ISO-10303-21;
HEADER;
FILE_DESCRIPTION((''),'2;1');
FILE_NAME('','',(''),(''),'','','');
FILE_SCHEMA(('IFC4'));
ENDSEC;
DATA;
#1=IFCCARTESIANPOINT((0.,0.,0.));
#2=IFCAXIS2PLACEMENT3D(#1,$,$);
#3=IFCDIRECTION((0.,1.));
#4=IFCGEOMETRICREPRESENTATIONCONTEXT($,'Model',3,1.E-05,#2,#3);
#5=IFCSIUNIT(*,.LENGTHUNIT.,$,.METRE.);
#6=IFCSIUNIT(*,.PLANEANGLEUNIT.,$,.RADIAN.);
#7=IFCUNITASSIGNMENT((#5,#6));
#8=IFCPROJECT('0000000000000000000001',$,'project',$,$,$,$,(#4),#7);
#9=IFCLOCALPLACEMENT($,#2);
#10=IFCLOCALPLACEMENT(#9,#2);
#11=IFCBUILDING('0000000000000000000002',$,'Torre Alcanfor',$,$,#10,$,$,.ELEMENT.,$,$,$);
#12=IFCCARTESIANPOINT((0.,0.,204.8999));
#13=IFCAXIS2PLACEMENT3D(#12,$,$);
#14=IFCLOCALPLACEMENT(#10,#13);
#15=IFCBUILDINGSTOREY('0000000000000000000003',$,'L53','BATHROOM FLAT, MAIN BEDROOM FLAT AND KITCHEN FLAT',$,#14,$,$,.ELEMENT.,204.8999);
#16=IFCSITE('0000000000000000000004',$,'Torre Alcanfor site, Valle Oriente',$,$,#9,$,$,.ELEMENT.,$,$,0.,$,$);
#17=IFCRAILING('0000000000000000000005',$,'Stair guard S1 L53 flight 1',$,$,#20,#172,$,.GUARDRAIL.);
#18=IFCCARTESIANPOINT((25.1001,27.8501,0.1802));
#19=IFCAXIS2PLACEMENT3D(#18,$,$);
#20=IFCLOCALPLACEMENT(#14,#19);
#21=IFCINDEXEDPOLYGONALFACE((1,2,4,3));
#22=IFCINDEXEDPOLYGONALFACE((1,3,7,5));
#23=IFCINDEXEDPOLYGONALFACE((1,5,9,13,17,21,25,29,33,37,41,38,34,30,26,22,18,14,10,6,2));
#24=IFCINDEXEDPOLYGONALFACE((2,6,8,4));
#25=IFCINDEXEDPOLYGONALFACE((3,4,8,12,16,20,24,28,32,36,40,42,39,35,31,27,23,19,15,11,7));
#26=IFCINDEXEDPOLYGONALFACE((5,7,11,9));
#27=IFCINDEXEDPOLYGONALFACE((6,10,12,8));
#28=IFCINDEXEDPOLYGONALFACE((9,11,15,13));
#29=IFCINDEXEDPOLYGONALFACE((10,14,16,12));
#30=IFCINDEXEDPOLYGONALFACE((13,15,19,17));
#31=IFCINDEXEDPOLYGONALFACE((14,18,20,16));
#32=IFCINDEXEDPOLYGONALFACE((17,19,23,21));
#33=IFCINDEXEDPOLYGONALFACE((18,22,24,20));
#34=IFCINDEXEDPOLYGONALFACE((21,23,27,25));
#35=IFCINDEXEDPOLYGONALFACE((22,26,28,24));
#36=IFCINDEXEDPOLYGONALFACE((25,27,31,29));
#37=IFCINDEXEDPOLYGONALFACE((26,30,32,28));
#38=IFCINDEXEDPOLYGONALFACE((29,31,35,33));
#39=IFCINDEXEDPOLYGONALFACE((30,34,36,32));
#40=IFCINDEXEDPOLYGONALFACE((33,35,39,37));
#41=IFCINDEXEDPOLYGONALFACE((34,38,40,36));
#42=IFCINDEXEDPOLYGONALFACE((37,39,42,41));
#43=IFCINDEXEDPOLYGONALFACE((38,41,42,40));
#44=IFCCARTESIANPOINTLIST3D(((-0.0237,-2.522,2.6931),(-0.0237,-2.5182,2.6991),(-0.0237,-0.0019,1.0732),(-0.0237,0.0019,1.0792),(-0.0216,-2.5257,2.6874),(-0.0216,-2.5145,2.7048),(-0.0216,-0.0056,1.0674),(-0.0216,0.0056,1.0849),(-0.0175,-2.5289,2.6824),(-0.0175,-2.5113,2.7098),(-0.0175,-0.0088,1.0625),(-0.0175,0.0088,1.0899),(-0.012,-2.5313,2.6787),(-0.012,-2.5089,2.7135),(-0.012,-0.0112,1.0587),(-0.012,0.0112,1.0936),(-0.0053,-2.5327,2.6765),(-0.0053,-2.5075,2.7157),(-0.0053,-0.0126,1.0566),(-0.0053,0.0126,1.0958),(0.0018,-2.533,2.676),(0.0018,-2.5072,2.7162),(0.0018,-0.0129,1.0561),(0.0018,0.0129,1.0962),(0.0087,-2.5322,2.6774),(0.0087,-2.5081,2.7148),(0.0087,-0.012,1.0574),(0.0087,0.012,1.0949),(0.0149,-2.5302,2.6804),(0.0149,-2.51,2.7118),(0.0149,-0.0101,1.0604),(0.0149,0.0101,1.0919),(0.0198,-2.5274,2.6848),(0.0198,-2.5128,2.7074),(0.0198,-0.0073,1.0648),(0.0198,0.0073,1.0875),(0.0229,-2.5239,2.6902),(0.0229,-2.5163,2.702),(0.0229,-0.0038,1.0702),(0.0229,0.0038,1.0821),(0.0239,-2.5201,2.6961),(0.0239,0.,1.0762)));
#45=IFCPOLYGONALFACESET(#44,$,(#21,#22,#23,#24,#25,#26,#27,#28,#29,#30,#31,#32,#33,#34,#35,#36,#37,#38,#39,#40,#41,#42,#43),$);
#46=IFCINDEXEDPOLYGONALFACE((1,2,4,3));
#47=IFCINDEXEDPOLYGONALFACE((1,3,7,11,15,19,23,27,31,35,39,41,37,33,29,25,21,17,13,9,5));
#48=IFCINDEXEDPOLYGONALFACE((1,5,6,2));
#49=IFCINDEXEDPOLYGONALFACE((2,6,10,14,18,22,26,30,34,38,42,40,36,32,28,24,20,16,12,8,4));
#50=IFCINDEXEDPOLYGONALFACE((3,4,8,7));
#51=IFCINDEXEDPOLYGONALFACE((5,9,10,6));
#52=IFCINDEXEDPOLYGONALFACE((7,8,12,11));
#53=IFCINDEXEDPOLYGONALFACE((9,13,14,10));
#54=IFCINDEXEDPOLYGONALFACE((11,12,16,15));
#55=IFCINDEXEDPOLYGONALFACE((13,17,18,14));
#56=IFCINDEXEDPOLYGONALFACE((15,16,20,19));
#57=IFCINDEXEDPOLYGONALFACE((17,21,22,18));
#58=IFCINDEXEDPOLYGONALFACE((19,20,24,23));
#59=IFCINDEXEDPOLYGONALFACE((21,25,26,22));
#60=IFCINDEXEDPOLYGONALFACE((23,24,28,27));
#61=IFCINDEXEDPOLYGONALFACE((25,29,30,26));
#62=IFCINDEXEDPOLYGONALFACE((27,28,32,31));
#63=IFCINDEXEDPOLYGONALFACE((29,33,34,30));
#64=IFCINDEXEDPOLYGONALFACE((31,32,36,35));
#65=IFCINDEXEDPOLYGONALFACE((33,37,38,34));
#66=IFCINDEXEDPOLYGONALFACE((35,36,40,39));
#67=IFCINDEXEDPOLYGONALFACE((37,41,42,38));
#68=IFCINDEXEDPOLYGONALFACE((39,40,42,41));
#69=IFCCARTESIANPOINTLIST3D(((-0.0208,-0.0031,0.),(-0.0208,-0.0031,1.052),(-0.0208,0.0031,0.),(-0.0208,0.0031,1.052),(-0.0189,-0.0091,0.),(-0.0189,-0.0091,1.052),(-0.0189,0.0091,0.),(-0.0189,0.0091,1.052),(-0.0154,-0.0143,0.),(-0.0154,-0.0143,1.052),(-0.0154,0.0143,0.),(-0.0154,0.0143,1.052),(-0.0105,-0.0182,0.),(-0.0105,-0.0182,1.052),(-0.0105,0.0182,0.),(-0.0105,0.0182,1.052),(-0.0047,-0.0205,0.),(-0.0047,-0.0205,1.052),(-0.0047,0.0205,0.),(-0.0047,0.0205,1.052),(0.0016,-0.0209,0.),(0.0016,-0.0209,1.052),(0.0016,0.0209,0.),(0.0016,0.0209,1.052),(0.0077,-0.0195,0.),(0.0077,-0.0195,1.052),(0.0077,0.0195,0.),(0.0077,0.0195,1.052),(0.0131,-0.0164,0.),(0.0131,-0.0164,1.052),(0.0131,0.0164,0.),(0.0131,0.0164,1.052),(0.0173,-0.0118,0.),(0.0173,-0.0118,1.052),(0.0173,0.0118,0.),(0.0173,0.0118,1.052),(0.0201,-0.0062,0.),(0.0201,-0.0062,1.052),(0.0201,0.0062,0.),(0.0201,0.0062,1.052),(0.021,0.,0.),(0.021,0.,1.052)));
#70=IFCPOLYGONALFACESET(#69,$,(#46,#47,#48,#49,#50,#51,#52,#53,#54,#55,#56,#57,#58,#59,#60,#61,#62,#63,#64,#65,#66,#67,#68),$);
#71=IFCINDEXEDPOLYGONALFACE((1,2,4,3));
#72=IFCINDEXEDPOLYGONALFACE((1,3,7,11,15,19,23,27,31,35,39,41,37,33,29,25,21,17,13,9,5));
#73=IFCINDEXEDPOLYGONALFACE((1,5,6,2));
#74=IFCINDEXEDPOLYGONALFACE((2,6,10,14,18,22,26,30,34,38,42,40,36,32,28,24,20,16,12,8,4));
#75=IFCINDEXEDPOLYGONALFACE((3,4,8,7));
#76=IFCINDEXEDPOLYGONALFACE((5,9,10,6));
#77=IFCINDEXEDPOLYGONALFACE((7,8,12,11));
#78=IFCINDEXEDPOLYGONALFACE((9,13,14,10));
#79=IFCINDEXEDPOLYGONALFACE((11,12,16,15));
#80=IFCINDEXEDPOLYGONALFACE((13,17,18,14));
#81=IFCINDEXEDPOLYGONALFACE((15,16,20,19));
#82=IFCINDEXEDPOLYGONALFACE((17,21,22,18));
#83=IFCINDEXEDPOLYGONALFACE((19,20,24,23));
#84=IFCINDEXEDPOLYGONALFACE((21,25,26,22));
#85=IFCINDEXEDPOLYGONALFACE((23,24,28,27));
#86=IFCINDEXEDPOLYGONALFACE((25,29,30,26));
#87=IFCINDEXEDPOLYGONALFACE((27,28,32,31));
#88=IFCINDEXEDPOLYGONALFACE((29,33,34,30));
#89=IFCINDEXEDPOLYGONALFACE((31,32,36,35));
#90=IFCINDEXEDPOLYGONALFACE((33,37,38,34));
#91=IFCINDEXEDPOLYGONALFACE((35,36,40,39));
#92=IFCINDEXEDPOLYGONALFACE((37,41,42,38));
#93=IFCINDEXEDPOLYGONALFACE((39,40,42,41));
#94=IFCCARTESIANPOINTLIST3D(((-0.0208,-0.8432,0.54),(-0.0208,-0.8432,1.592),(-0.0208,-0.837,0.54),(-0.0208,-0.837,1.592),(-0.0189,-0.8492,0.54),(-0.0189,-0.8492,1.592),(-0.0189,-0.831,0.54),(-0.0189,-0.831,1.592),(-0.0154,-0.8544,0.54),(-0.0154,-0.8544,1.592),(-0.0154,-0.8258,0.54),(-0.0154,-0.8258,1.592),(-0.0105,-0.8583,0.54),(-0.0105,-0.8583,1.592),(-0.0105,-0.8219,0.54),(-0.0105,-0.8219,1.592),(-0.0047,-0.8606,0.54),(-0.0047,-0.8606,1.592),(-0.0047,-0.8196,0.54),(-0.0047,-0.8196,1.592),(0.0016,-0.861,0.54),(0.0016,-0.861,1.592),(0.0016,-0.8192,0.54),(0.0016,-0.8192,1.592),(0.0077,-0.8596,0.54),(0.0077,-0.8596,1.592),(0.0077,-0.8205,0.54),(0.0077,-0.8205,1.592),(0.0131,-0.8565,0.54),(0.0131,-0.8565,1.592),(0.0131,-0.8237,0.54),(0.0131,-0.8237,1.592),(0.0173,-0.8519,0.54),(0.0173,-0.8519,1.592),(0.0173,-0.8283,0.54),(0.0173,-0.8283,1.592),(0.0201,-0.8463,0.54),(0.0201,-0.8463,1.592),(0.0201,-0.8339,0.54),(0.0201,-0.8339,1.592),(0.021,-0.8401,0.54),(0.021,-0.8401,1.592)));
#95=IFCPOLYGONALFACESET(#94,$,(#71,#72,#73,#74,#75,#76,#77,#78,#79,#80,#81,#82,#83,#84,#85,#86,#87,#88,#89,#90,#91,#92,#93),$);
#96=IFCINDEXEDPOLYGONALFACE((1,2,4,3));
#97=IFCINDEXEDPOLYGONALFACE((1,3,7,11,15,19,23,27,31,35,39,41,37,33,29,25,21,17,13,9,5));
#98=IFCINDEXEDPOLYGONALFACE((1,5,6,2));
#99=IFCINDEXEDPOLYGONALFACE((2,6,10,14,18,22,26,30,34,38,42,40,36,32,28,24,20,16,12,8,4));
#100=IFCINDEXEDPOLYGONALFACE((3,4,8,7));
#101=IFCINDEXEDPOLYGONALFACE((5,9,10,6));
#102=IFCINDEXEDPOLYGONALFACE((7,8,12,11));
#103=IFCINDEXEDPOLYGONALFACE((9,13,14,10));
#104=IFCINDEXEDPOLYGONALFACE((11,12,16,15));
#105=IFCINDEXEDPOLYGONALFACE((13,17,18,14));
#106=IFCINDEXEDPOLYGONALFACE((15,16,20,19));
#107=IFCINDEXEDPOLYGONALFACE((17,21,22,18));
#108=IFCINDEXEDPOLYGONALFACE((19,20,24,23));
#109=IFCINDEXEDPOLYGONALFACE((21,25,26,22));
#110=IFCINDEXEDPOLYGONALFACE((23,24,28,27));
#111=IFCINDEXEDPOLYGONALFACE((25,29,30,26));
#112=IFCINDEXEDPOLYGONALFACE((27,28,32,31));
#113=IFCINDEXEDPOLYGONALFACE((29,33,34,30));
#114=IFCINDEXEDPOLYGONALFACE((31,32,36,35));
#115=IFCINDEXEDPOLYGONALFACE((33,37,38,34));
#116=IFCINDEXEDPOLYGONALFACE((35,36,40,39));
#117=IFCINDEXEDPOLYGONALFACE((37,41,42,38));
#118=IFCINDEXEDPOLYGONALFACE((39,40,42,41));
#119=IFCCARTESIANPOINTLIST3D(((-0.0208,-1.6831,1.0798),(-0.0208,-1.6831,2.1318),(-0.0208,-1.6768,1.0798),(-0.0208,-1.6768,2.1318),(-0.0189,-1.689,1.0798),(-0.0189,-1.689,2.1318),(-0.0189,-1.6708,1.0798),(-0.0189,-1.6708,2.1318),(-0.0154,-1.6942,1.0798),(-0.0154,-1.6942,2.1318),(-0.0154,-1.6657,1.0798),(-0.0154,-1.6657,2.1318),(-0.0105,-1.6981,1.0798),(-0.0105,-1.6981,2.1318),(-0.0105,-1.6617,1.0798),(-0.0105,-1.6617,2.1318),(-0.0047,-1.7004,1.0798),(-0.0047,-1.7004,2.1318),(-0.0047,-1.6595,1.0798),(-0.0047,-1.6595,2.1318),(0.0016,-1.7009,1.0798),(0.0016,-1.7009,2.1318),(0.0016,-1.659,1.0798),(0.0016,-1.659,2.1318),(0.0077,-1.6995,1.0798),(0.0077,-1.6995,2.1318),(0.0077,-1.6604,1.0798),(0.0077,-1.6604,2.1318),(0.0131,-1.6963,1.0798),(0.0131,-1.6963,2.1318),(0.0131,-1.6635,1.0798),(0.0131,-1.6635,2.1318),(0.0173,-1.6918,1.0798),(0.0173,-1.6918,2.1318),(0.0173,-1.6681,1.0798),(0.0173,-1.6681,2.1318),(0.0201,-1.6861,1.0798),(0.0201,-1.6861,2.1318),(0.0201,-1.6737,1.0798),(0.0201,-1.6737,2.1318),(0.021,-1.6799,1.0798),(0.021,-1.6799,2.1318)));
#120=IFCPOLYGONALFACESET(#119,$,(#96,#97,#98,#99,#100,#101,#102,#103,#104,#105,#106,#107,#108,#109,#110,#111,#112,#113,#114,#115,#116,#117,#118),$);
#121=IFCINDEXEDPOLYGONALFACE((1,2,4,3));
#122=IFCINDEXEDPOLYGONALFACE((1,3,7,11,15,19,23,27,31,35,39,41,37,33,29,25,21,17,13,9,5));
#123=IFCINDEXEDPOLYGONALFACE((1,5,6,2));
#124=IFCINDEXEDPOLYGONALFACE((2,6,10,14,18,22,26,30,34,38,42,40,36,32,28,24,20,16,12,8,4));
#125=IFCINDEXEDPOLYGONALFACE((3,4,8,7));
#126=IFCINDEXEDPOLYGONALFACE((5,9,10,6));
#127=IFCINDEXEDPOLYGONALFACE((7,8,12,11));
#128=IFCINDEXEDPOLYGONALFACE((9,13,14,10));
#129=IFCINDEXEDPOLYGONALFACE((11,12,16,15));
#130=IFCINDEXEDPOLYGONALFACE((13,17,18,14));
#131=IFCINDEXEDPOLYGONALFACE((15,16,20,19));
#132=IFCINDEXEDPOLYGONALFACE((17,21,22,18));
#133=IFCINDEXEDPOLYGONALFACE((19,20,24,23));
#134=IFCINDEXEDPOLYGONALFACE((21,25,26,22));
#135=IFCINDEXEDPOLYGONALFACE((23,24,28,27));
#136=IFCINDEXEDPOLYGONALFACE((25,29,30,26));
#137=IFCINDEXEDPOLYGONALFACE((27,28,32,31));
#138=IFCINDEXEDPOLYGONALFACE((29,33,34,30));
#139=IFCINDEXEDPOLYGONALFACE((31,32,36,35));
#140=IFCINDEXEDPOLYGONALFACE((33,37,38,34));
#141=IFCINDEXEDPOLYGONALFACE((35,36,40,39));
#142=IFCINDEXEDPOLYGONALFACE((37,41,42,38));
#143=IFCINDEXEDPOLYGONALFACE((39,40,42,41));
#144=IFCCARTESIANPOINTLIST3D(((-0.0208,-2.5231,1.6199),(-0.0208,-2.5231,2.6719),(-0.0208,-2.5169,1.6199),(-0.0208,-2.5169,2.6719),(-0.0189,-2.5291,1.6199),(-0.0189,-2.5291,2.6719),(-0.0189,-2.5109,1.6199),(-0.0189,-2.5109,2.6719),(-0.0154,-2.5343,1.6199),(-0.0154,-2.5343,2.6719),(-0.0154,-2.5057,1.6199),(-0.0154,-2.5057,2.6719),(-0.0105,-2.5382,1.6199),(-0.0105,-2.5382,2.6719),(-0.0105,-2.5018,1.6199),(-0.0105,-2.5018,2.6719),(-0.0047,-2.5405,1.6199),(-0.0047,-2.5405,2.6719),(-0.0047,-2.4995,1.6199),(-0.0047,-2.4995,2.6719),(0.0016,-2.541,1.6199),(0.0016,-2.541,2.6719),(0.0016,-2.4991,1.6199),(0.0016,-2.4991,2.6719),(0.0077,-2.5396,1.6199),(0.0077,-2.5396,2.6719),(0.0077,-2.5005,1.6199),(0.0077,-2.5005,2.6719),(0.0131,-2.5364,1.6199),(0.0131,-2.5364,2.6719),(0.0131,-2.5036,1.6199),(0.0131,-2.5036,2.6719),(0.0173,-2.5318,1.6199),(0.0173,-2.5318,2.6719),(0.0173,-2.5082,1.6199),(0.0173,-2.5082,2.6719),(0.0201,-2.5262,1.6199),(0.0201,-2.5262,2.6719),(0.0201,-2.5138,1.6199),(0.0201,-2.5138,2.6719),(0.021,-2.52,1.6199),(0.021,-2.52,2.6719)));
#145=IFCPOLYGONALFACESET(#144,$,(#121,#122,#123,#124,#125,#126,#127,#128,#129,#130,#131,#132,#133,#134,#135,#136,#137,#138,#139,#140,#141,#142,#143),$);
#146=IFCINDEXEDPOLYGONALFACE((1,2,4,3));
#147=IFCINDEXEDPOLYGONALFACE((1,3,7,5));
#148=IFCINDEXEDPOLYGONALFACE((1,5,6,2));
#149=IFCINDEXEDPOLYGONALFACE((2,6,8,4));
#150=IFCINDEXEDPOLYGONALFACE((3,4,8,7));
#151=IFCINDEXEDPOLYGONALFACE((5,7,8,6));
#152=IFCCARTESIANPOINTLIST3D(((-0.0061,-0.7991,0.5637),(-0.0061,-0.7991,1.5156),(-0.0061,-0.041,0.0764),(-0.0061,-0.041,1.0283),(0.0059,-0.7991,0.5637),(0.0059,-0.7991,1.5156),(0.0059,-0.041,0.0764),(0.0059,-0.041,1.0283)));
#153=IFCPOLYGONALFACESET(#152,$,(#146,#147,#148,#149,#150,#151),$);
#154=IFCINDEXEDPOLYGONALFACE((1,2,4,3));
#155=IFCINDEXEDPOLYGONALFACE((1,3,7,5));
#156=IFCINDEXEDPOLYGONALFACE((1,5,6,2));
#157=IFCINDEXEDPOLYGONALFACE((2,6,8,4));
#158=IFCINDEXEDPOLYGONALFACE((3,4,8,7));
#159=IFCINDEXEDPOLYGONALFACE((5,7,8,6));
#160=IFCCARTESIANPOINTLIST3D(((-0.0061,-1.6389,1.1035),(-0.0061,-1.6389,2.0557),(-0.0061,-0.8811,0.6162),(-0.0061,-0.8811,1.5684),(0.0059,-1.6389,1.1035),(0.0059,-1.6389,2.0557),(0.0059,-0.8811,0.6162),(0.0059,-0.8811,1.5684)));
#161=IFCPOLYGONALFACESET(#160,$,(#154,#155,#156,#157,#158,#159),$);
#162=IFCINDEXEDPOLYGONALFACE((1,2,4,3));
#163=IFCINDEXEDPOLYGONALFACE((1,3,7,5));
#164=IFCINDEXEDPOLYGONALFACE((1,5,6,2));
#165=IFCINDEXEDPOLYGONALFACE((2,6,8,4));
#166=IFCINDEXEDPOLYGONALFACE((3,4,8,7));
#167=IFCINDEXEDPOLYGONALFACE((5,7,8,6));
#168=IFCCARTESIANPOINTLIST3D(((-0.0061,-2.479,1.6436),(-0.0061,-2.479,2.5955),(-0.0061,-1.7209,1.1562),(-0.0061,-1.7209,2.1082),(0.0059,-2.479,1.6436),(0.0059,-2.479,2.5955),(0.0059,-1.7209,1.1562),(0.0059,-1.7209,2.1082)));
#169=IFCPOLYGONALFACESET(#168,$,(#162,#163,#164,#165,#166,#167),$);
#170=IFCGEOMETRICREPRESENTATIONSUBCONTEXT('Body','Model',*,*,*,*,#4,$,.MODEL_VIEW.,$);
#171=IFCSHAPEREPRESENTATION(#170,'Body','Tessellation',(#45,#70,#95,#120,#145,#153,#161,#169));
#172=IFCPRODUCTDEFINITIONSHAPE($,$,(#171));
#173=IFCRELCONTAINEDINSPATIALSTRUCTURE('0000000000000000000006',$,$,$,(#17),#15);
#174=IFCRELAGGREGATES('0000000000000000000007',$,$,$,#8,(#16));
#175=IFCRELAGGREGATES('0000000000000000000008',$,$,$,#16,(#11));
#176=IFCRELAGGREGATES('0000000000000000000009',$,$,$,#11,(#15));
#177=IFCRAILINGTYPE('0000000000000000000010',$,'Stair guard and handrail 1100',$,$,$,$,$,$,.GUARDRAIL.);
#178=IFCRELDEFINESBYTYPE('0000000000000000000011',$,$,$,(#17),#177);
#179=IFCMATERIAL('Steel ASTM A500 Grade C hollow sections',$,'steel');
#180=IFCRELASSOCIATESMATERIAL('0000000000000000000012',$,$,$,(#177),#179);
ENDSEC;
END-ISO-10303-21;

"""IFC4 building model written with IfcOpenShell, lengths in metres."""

from ifc_helpers import new_model, si_unit, direction, frame, origin, origin_2d, place, context, subcontext, project, spatial, polyline, circle, outline, extrude, material, type_object, element, save


model = new_model("IFC4")

# Units and contexts
model_context = context("Model", 3, precision=1e-05, world=origin(), true_north=direction((0.0, 1.0)))
body_context = subcontext(model_context, "Body", "Model", "MODEL_VIEW")
ifc_project = project(units=[si_unit("LENGTHUNIT", "METRE"), si_unit("PLANEANGLEUNIT", "RADIAN")], contexts=[model_context])

# Site, building, storey
site_placement = place(None, origin())
site = spatial("IfcSite", under=ifc_project, at=site_placement, Name="Torre Alcanfor site, Valle Oriente", CompositionType="ELEMENT", RefElevation=0.0)
building_placement = place(site_placement, origin())
building = spatial("IfcBuilding", under=site, at=building_placement, Name="Torre Alcanfor", CompositionType="ELEMENT")
storey_placement = place(building_placement, frame((0.0, 0.0, 204.8999)))
storey = spatial("IfcBuildingStorey", under=building, at=storey_placement, Name="L53", Description="BATHROOM FLAT, MAIN BEDROOM FLAT AND KITCHEN FLAT", CompositionType="ELEMENT", Elevation=204.8999)

# Railing
ifc_material_1 = material(Name="Steel ASTM A500 Grade C hollow sections", Category="steel")
railing_type = type_object("IfcRailingType", Name="Stair guard and handrail 1100", PredefinedType="GUARDRAIL", material=ifc_material_1)
railing_placement = place(storey_placement, frame((25.1001, 27.8501, 0.1802)))
element("IfcRailing", 1, at=railing_placement, inside=storey, type_object=railing_type, Name="Stair guard S1 L53 flight 1", PredefinedType="GUARDRAIL", context=body_context, shape_type="SweptSolid", body=[
    extrude(circle(Radius=0.0239, at=origin_2d()), frame((0.0, 0.0, 1.0762), z_axis=(0.0, -0.8412, 0.540725), x_axis=(1.0, 0.0, 0.0)), (0.0, 0.0, 1.0), 2.9958),
    extrude(circle(Radius=0.021, at=origin_2d()), origin(), (0.0, 0.0, 1.0), 1.052),
    extrude(circle(Radius=0.021, at=origin_2d()), frame((0.0, -0.8401, 0.54)), (0.0, 0.0, 1.0), 1.052),
    extrude(circle(Radius=0.021, at=origin_2d()), frame((0.0, -1.6799, 1.0798)), (0.0, 0.0, 1.0), 1.052),
    extrude(circle(Radius=0.021, at=origin_2d()), frame((0.0, -2.52, 1.6199)), (0.0, 0.0, 1.0), 1.052),
    extrude(outline(polyline([(0.041, 0.0764), (0.7991, 0.5637), (0.7991, 1.5156), (0.041, 1.0283), (0.041, 0.0764)])), frame((0.0059, 0.0, 0.0), z_axis=(-1.0, 0.0, 0.0), x_axis=(0.0, -1.0, 0.0)), (0.0, 0.0, 1.0), 0.012),
    extrude(outline(polyline([(0.8811, 0.6162), (1.6389, 1.1035), (1.6389, 2.0557), (0.8811, 1.5684), (0.8811, 0.6162)])), frame((0.0059, 0.0, 0.0), z_axis=(-1.0, 0.0, 0.0), x_axis=(0.0, -1.0, 0.0)), (0.0, 0.0, 1.0), 0.012),
    extrude(outline(polyline([(1.7209, 1.1562), (2.479, 1.6436), (2.479, 2.5955), (1.7209, 2.1082), (1.7209, 1.1562)])), frame((0.0059, 0.0, 0.0), z_axis=(-1.0, 0.0, 0.0), x_axis=(0.0, -1.0, 0.0)), (0.0, 0.0, 1.0), 0.012),
])

save(model, "model.ifc")
